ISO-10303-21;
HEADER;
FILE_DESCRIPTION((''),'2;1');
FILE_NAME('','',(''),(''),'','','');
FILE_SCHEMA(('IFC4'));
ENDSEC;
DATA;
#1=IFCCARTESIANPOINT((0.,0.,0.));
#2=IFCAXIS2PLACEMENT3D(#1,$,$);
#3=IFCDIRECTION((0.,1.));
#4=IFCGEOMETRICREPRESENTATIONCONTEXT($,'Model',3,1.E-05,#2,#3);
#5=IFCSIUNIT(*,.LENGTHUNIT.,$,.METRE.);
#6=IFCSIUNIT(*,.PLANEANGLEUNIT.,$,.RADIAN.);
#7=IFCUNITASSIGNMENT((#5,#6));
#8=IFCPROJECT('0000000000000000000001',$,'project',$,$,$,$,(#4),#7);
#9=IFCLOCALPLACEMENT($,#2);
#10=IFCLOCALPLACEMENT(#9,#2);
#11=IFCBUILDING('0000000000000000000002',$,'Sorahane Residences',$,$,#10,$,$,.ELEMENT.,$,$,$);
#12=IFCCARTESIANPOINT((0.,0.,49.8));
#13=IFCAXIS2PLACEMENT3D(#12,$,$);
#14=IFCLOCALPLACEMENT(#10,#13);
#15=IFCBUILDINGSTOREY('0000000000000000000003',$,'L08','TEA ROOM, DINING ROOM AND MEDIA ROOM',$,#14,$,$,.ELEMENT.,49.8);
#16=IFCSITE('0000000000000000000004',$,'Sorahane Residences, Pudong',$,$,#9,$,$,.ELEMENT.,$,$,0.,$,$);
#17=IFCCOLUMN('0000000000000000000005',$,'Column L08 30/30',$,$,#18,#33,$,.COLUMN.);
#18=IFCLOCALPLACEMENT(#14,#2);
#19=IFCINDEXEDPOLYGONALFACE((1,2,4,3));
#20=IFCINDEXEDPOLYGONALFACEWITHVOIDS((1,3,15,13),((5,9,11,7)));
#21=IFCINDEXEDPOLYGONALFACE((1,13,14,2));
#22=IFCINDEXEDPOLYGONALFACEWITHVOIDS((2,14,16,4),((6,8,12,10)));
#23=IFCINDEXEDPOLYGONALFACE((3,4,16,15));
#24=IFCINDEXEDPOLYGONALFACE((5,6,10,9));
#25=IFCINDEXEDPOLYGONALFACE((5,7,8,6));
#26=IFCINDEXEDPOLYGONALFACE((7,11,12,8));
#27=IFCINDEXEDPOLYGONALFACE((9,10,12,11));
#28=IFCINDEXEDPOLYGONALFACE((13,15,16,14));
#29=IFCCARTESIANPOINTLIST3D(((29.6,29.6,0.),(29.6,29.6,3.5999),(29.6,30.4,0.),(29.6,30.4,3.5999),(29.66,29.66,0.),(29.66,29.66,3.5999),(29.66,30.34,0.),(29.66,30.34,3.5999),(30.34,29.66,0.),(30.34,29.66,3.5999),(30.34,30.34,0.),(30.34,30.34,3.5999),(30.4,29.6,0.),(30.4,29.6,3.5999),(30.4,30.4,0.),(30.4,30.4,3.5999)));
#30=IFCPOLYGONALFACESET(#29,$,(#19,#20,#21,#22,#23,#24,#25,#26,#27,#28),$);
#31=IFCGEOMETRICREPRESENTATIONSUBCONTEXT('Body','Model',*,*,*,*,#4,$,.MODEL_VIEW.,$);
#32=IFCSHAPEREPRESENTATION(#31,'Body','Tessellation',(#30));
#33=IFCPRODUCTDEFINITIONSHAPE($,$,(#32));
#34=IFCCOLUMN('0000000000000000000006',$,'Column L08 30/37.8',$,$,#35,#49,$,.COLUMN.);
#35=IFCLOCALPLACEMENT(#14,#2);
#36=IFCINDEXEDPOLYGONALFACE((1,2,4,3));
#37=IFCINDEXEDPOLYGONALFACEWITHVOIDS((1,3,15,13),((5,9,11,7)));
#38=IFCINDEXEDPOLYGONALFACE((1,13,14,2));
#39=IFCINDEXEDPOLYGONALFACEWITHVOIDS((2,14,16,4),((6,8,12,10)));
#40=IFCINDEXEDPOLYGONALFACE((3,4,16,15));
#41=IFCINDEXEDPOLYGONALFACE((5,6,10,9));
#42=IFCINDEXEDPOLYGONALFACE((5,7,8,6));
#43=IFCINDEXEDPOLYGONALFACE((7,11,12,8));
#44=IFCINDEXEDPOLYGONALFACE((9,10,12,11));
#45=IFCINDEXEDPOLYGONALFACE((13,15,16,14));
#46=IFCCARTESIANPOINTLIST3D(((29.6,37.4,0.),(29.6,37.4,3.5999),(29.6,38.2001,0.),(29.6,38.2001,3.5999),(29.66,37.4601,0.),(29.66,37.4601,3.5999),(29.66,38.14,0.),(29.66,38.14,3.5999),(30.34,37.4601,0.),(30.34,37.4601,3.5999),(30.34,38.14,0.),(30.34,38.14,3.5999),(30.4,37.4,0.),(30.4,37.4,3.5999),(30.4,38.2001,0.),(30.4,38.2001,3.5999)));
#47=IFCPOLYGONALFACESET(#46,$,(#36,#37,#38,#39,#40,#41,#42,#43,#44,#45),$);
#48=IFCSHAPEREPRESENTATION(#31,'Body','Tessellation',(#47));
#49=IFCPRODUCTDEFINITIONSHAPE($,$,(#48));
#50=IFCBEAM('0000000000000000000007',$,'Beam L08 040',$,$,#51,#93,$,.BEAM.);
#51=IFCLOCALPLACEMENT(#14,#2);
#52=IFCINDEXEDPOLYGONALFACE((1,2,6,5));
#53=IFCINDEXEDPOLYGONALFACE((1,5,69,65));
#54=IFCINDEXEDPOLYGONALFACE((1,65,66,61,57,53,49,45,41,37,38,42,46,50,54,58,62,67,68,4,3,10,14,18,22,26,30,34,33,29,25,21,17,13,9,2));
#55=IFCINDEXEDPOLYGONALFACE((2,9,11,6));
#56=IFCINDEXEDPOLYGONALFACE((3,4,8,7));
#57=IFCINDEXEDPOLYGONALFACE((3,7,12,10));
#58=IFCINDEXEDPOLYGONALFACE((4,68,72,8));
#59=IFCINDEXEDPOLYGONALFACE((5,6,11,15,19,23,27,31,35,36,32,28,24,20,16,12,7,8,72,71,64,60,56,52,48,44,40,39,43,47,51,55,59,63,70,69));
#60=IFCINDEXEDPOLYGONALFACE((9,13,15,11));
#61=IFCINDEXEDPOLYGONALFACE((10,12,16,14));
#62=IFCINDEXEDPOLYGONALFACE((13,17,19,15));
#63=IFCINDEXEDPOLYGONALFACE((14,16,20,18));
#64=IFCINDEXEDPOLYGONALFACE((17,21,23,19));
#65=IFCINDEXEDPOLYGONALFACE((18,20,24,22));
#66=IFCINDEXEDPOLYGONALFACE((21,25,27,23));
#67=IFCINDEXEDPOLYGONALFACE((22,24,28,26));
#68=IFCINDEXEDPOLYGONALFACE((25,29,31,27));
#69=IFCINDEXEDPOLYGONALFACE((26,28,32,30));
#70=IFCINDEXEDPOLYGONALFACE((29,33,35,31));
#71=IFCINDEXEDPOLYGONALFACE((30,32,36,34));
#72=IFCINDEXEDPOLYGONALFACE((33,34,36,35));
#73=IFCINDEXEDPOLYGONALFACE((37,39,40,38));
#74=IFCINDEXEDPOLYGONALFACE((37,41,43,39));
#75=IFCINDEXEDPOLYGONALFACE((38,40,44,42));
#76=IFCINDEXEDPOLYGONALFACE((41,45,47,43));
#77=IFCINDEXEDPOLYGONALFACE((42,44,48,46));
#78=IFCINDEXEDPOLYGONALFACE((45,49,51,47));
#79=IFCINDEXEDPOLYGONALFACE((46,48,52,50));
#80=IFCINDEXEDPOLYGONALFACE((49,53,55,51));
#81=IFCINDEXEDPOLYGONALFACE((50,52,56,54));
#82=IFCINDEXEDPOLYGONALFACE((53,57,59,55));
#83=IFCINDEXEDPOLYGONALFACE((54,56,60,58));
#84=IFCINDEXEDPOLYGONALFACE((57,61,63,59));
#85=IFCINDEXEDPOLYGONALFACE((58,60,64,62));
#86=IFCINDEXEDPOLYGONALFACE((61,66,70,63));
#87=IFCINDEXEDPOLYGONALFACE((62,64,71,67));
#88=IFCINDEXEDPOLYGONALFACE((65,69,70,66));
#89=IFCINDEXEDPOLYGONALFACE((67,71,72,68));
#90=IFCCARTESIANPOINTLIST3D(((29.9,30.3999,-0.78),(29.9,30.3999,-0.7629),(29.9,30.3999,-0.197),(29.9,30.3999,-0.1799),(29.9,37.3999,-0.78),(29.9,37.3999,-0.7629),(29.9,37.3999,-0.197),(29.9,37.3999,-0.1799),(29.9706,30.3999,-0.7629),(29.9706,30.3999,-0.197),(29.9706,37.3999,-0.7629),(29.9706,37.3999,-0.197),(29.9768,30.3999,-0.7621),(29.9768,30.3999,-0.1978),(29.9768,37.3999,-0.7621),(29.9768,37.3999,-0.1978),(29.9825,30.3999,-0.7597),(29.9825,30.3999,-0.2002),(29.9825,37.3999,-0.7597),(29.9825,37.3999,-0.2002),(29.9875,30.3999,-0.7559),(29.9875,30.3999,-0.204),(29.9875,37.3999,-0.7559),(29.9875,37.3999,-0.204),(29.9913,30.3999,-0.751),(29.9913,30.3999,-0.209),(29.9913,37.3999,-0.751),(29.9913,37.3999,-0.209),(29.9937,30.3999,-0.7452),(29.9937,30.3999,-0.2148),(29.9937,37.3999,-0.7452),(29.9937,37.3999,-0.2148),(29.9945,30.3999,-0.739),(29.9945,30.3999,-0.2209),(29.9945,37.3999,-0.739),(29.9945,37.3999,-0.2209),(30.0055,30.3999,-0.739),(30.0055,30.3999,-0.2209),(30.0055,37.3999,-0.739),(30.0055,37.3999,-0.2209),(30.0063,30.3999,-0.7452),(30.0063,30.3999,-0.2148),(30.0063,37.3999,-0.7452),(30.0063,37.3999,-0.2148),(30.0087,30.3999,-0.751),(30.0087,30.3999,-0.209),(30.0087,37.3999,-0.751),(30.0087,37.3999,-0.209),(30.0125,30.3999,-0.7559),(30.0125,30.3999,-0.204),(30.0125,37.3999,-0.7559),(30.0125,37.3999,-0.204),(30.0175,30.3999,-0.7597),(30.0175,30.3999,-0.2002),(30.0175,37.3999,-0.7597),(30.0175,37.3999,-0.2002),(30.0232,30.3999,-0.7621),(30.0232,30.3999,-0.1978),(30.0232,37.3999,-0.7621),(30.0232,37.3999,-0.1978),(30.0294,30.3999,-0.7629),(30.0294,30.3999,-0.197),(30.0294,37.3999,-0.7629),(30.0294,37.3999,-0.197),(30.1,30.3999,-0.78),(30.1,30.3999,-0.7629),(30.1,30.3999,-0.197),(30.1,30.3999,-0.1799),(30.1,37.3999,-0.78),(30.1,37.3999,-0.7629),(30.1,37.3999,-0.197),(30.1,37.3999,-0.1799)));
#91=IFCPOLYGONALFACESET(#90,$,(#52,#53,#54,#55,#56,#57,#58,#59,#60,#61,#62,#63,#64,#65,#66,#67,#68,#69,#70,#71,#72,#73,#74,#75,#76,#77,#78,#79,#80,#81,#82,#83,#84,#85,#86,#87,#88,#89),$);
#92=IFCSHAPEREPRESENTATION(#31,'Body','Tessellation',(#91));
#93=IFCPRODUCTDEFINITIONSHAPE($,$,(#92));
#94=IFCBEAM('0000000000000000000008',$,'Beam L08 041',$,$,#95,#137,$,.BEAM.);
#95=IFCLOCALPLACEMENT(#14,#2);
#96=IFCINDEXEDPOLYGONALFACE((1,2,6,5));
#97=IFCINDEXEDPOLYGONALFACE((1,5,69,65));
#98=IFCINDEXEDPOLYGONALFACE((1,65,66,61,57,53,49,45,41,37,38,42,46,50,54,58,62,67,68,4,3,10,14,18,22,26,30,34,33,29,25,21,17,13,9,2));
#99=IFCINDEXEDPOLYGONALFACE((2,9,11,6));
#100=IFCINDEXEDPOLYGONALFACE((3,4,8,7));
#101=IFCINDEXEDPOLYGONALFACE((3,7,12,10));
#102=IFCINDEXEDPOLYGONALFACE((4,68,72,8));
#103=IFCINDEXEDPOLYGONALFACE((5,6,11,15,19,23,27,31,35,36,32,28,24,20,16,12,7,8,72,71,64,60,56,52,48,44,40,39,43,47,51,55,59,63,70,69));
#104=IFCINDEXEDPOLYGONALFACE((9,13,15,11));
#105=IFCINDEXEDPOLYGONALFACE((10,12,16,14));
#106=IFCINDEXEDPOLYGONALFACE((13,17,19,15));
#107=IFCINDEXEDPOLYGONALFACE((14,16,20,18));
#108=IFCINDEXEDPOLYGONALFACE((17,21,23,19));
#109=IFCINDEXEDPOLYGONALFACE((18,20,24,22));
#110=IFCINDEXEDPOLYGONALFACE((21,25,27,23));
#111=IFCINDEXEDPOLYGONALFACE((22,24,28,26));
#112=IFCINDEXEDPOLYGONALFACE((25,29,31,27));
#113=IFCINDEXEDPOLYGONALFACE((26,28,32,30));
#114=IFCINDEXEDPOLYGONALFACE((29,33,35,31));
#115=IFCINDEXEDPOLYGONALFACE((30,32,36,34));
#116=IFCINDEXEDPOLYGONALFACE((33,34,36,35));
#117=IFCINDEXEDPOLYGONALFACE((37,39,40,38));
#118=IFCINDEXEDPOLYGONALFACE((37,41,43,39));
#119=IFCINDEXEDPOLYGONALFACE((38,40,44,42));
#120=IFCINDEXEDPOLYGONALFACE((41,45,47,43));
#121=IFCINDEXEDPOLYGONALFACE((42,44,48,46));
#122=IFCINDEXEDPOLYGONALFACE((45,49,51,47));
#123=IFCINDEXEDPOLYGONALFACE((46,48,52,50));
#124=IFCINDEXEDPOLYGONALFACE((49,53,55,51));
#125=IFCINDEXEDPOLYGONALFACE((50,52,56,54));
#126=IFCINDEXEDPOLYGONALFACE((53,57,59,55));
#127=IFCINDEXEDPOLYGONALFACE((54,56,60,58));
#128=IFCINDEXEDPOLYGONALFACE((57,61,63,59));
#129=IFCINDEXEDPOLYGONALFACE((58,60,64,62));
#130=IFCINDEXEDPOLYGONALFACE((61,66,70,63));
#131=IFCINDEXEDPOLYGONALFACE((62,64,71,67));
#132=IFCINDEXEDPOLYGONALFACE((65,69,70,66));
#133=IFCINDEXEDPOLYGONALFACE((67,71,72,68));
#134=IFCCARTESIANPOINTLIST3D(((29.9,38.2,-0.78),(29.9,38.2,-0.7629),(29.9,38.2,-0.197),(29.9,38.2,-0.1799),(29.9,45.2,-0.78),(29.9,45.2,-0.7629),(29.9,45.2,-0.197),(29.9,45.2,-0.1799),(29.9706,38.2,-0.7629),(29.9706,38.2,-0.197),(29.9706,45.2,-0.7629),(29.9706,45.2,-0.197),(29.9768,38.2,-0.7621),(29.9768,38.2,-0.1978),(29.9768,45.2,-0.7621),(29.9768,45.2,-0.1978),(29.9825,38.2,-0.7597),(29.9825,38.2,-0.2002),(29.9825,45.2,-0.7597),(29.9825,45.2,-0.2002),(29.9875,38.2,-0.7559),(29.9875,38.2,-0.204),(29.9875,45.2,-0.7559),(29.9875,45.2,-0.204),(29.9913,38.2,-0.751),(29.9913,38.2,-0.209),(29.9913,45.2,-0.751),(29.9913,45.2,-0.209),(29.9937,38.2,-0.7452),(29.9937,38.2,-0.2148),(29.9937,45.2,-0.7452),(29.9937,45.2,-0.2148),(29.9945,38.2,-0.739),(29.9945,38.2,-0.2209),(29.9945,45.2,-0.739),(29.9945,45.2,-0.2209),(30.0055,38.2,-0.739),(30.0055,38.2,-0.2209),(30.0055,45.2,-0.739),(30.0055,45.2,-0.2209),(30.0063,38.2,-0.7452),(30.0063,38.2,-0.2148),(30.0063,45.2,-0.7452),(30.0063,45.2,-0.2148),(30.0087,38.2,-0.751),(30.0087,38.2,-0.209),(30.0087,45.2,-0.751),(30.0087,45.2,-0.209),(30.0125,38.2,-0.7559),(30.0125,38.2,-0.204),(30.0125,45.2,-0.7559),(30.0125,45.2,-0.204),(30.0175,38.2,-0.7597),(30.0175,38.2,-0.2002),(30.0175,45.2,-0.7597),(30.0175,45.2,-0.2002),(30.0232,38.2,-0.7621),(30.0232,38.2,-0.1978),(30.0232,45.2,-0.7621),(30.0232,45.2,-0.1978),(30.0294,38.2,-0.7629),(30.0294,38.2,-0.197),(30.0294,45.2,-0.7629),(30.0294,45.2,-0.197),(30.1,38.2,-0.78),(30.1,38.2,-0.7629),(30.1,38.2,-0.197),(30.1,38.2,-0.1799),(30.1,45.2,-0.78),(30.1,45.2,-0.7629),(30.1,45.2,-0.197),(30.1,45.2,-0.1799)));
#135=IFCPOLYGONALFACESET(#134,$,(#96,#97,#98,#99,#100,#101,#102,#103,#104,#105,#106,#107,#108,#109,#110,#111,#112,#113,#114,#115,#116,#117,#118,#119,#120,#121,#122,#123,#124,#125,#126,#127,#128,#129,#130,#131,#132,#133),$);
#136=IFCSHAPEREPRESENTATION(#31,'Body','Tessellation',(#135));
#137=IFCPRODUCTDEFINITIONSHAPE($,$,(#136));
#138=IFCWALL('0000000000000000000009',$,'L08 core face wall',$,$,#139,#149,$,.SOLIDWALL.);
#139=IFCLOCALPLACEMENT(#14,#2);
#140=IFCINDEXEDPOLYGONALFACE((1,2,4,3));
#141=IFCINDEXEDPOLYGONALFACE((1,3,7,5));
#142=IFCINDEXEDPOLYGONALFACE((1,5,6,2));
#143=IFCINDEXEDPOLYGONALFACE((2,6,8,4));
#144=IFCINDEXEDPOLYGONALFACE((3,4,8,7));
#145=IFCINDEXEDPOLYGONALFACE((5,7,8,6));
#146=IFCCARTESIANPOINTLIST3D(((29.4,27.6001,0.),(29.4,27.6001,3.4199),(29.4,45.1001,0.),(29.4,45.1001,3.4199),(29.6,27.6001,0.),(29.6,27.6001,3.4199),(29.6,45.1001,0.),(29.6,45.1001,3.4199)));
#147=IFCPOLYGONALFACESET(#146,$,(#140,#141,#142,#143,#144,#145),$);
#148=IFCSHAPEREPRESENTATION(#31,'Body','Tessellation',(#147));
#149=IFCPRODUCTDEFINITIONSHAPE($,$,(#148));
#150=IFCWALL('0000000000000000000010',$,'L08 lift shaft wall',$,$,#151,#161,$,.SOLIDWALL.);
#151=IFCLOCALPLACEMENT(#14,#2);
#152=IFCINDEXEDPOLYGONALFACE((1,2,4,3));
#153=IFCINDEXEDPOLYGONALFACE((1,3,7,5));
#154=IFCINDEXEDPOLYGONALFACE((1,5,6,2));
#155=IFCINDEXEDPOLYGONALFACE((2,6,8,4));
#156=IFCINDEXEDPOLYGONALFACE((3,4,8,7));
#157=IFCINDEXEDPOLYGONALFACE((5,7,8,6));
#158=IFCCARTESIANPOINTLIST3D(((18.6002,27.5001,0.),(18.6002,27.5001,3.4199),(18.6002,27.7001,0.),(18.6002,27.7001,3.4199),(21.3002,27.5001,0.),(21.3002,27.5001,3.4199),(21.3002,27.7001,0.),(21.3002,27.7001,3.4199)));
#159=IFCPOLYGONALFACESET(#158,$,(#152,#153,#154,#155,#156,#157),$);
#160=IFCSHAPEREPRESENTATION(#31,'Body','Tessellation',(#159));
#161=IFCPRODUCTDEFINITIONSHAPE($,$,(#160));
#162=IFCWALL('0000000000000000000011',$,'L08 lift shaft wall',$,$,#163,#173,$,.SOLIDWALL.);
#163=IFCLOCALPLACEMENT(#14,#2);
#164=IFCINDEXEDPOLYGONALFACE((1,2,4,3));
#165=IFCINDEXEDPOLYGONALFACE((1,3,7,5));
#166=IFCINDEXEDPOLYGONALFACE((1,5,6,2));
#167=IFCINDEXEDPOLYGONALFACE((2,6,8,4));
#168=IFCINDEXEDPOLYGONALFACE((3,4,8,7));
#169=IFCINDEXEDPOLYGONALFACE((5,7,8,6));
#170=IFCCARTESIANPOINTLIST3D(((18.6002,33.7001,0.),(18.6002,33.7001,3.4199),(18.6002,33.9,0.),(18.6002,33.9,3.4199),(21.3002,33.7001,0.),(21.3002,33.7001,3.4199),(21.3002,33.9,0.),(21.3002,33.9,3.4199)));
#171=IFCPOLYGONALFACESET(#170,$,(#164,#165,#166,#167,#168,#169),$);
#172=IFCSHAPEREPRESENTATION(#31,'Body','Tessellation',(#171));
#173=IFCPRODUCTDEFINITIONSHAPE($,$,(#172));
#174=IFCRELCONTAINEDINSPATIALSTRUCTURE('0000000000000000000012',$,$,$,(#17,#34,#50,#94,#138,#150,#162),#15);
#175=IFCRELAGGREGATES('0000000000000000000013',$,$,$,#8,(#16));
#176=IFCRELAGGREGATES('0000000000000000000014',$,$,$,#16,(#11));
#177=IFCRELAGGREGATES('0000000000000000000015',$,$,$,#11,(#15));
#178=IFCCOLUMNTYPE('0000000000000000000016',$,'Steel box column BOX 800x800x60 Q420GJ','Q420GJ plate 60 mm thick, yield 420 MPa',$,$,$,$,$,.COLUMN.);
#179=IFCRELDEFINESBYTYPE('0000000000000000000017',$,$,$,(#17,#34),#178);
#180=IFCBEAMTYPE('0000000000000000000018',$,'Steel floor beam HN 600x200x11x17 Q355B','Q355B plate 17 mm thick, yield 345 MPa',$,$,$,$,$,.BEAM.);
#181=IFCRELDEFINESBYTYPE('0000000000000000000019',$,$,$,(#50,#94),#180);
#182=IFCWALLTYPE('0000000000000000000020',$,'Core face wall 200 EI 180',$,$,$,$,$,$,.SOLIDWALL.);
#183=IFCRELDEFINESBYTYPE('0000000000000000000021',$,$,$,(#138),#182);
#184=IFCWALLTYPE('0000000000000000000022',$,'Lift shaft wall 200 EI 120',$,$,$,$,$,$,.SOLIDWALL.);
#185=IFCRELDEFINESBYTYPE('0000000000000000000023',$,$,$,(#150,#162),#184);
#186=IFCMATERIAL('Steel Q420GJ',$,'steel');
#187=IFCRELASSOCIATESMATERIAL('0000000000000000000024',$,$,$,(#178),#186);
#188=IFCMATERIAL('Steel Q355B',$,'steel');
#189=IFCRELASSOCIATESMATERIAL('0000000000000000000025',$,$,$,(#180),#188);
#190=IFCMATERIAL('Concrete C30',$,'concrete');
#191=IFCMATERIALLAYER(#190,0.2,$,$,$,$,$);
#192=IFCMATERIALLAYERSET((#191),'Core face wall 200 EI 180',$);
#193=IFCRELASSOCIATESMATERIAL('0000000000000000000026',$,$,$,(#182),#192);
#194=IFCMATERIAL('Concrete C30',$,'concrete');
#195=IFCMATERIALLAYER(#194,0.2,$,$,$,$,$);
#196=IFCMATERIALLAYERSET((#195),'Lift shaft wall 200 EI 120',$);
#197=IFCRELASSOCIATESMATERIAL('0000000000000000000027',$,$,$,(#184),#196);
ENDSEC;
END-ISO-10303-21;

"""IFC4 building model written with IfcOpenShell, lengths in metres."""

from ifc_helpers import new_model, si_unit, direction, frame, frame_2d, origin, origin_2d, place, context, subcontext, project, spatial, rectangle, hollow_rectangle, i_section, extrude, material, layer, layer_set, material_profile, profile_set, type_object, element, save


model = new_model("IFC4")

# Units and contexts
model_context = context("Model", 3, precision=1e-05, world=origin(), true_north=direction((0.0, 1.0)))
body_context = subcontext(model_context, "Body", "Model", "MODEL_VIEW")
ifc_project = project(units=[si_unit("LENGTHUNIT", "METRE"), si_unit("PLANEANGLEUNIT", "RADIAN")], contexts=[model_context])

# Site, building, storey
site_placement = place(None, origin())
site = spatial("IfcSite", under=ifc_project, at=site_placement, Name="Sorahane Residences, Pudong", CompositionType="ELEMENT", RefElevation=0.0)
building_placement = place(site_placement, origin())
building = spatial("IfcBuilding", under=site, at=building_placement, Name="Sorahane Residences", CompositionType="ELEMENT")
storey_placement = place(building_placement, frame((0.0, 0.0, 49.8)))
storey = spatial("IfcBuildingStorey", under=building, at=storey_placement, Name="L08", Description="TEA ROOM, DINING ROOM AND MEDIA ROOM", CompositionType="ELEMENT", Elevation=49.8)

# Columns
ifc_material_1 = material(Name="Steel Q420GJ", Category="steel")
ifc_material_profile_1 = material_profile(ifc_material_1, hollow_rectangle(XDim=0.8, YDim=0.8, WallThickness=0.0601, at=origin_2d()), Name="BOX 800x800x60")
ifc_profile_set_1 = profile_set([ifc_material_profile_1], Name="Steel Q420GJ")
column_type = type_object("IfcColumnType", Name="Steel box column BOX 800x800x60 Q420GJ", Description="Q420GJ plate 60 mm thick, yield 420 MPa", PredefinedType="COLUMN", material=ifc_profile_set_1)
for number, where, z_axis, x_axis, name in (
    (1, (30.0, 30.0, 0.0), (0.0, 0.0, 1.0), (1.0, 0.0, 0.0), "Column L08 30/30"),
    (2, (30.0, 37.8, 0.0), (0.0, 0.0, 1.0), (1.0, 0.0, 0.0), "Column L08 30/37.8"),
):
    element("IfcColumn", number, at=place(storey_placement, frame(where, z_axis=z_axis, x_axis=x_axis)), inside=storey, type_object=column_type, Name=name, PredefinedType="COLUMN", context=body_context, shape_type="SweptSolid", body=[
        extrude(hollow_rectangle(XDim=0.8, YDim=0.8, WallThickness=0.0601, at=origin_2d()), origin(), (0.0, 0.0, 1.0), 3.5999),
    ])

# Beams
ifc_material_2 = material(Name="Steel Q355B", Category="steel")
ifc_material_profile_2 = material_profile(ifc_material_2, i_section(OverallWidth=0.2, OverallDepth=0.6001, WebThickness=0.011, FlangeThickness=0.0171, FilletRadius=0.0239, at=origin_2d()), Name="HN 600x200x11x17")
ifc_profile_set_2 = profile_set([ifc_material_profile_2], Name="Steel Q355B")
beam_type = type_object("IfcBeamType", Name="Steel floor beam HN 600x200x11x17 Q355B", Description="Q355B plate 17 mm thick, yield 345 MPa", PredefinedType="BEAM", material=ifc_profile_set_2)
for number, where, z_axis, x_axis, name in (
    (3, (30.0, 30.3999, -0.48), (0.0, 1.0, 0.0), (-1.0, 0.0, 0.0), "Beam L08 040"),
    (4, (30.0, 38.2, -0.48), (0.0, 1.0, 0.0), (-1.0, 0.0, 0.0), "Beam L08 041"),
):
    element("IfcBeam", number, at=place(storey_placement, frame(where, z_axis=z_axis, x_axis=x_axis)), inside=storey, type_object=beam_type, Name=name, PredefinedType="BEAM", context=body_context, shape_type="SweptSolid", body=[
        extrude(i_section(OverallWidth=0.2, OverallDepth=0.6001, WebThickness=0.011, FlangeThickness=0.0171, FilletRadius=0.0239, at=origin_2d()), origin(), (0.0, 0.0, 1.0), 7.0),
    ])

# Walls
ifc_material_3 = material(Name="Concrete C30", Category="concrete")
ifc_layer_1 = layer(ifc_material_3, 0.2)
ifc_layer_set_1 = layer_set([ifc_layer_1], Name="Core face wall 200 EI 180")
wall_type_1 = type_object("IfcWallType", Name="Core face wall 200 EI 180", PredefinedType="SOLIDWALL", material=ifc_layer_set_1)
wall_1_placement = place(storey_placement, frame((29.5, 27.6001, 0.0), z_axis=(0.0, 0.0, 1.0), x_axis=(0.0, 1.0, 0.0)))
element("IfcWall", 5, at=wall_1_placement, inside=storey, type_object=wall_type_1, Name="L08 core face wall", PredefinedType="SOLIDWALL", context=body_context, shape_type="SweptSolid", body=[
    extrude(rectangle(XDim=17.5, YDim=0.2, at=frame_2d((8.75, 0.0))), origin(), (0.0, 0.0, 1.0), 3.4199),
])
ifc_material_4 = material(Name="Concrete C30", Category="concrete")
ifc_layer_2 = layer(ifc_material_4, 0.2)
ifc_layer_set_2 = layer_set([ifc_layer_2], Name="Lift shaft wall 200 EI 120")
wall_type_2 = type_object("IfcWallType", Name="Lift shaft wall 200 EI 120", PredefinedType="SOLIDWALL", material=ifc_layer_set_2)
for number, where, z_axis, x_axis, name in (
    (6, (18.6001, 27.6001, 0.0), (0.0, 0.0, 1.0), (1.0, 0.0, 0.0), "L08 lift shaft wall"),
    (7, (18.6001, 33.8, 0.0), (0.0, 0.0, 1.0), (1.0, 0.0, 0.0), "L08 lift shaft wall"),
):
    element("IfcWall", number, at=place(storey_placement, frame(where, z_axis=z_axis, x_axis=x_axis)), inside=storey, type_object=wall_type_2, Name=name, PredefinedType="SOLIDWALL", context=body_context, shape_type="SweptSolid", body=[
        extrude(rectangle(XDim=2.7, YDim=0.2, at=frame_2d((1.3501, 0.0))), origin(), (0.0, 0.0, 1.0), 3.4199),
    ])

save(model, "model.ifc")
